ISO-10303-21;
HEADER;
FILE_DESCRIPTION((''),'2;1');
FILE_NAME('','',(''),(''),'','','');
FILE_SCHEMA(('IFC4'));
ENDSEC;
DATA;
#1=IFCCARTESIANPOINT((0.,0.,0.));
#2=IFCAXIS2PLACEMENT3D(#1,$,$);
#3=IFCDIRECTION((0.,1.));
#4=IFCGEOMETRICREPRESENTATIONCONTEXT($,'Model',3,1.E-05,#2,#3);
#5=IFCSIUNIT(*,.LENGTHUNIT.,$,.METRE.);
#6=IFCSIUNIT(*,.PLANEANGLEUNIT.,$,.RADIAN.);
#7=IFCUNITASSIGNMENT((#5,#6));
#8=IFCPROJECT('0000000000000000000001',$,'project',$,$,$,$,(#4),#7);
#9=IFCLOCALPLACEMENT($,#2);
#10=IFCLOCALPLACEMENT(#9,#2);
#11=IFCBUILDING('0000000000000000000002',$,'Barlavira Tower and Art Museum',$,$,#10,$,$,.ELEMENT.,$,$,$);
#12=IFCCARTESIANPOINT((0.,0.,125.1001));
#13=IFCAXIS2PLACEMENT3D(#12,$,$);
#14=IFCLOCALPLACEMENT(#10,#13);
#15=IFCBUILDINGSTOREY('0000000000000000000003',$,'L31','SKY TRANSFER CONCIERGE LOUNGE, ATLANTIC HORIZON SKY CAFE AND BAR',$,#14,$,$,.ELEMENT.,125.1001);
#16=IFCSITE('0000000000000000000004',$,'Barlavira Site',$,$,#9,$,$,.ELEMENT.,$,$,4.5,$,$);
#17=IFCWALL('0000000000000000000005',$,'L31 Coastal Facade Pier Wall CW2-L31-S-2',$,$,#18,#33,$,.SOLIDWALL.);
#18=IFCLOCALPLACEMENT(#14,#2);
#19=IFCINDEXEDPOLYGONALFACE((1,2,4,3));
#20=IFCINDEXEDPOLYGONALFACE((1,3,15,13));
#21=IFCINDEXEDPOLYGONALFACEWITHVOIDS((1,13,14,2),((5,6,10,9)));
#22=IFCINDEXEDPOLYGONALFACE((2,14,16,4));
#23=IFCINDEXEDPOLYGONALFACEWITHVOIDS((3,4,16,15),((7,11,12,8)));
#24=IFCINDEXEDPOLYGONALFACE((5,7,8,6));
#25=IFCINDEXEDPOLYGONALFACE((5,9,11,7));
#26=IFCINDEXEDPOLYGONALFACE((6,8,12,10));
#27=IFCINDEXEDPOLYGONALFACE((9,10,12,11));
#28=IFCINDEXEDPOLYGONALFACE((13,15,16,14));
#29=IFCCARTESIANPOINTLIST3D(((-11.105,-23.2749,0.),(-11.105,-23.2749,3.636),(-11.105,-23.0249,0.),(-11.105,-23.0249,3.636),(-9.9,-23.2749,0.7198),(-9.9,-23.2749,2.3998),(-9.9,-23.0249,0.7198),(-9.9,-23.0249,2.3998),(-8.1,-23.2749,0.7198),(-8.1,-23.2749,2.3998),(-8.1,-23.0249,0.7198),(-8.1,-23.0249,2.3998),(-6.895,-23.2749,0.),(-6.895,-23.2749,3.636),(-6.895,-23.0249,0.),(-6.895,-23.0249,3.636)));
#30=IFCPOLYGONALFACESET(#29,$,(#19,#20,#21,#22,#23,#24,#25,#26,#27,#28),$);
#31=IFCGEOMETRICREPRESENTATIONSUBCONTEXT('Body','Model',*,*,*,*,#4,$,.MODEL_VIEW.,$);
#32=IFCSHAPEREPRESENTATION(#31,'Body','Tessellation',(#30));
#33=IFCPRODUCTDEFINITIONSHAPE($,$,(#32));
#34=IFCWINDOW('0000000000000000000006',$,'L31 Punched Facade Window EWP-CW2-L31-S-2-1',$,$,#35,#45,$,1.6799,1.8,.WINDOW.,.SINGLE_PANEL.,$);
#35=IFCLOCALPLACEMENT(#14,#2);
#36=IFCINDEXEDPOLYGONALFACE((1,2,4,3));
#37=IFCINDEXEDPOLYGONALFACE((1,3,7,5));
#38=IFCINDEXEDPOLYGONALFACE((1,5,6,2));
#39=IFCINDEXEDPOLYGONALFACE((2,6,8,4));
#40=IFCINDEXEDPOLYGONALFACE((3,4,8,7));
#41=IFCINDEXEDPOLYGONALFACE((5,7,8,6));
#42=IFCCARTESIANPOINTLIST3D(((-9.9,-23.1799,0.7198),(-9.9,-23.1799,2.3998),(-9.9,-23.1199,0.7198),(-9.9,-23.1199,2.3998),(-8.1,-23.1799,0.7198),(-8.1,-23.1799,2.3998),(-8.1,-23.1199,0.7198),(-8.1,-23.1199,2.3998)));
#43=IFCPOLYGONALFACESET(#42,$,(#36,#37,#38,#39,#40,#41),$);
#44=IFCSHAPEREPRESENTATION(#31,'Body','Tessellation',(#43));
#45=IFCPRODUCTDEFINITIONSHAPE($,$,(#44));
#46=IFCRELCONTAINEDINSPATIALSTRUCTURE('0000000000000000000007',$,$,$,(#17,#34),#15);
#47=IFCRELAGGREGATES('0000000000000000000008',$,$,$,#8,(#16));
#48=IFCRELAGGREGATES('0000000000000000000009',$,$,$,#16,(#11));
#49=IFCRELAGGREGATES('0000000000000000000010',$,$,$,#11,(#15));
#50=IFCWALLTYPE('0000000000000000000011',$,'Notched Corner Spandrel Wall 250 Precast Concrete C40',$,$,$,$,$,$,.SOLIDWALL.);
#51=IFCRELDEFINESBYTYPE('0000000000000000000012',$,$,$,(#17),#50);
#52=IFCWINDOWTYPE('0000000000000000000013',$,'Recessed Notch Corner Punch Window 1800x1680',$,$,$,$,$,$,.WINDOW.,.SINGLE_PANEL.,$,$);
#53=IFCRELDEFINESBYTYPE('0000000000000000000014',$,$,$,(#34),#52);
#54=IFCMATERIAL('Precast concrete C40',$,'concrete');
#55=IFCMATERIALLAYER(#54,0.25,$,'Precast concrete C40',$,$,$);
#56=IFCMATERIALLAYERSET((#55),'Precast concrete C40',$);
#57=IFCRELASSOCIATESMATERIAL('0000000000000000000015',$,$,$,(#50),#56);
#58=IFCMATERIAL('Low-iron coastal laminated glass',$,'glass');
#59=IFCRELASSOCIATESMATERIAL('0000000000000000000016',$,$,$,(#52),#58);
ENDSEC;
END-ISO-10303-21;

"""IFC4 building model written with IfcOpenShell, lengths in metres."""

from ifc_helpers import new_model, si_unit, direction, frame, frame_2d, origin, place, context, subcontext, project, spatial, rectangle, extrude, material, layer, layer_set, type_object, element, fill, save


model = new_model("IFC4")

# Units and contexts
model_context = context("Model", 3, precision=1e-05, world=origin(), true_north=direction((0.0, 1.0)))
body_context = subcontext(model_context, "Body", "Model", "MODEL_VIEW")
ifc_project = project(units=[si_unit("LENGTHUNIT", "METRE"), si_unit("PLANEANGLEUNIT", "RADIAN")], contexts=[model_context])

# Site, building, storey
site_placement = place(None, origin())
site = spatial("IfcSite", under=ifc_project, at=site_placement, Name="Barlavira Site", CompositionType="ELEMENT", RefElevation=4.5)
building_placement = place(site_placement, origin())
building = spatial("IfcBuilding", under=site, at=building_placement, Name="Barlavira Tower and Art Museum", CompositionType="ELEMENT")
storey_placement = place(building_placement, frame((0.0, 0.0, 125.1001)))
storey = spatial("IfcBuildingStorey", under=building, at=storey_placement, Name="L31", Description="SKY TRANSFER CONCIERGE LOUNGE, ATLANTIC HORIZON SKY CAFE AND BAR", CompositionType="ELEMENT", Elevation=125.1001)

# Shared definitions
ifc_material_1 = material(Name="Low-iron coastal laminated glass", Category="glass")

# Wall, opening, window
ifc_material_2 = material(Name="Precast concrete C40", Category="concrete")
ifc_layer_1 = layer(ifc_material_2, 0.25, Name="Precast concrete C40")
ifc_layer_set_1 = layer_set([ifc_layer_1], Name="Precast concrete C40")
wall_type = type_object("IfcWallType", Name="Notched Corner Spandrel Wall 250 Precast Concrete C40", PredefinedType="SOLIDWALL", material=ifc_layer_set_1)
wall_placement = place(storey_placement, frame((-11.105, -23.1499, 0.0), z_axis=(0.0, 0.0, 1.0), x_axis=(1.0, 0.0, 0.0)))
wall = element("IfcWall", 1, at=wall_placement, inside=storey, type_object=wall_type, Name="L31 Coastal Facade Pier Wall CW2-L31-S-2", PredefinedType="SOLIDWALL", context=body_context, shape_type="SweptSolid", body=[
    extrude(rectangle(XDim=4.21, YDim=0.25, at=frame_2d((2.105, 0.0))), origin(), (0.0, 0.0, 1.0), 3.636),
])
opening_placement = place(wall_placement, frame((1.2051, 0.0, 0.72)))
opening = element("IfcOpeningElement", 2, at=opening_placement, cuts=wall, PredefinedType="OPENING", context=body_context, shape_type="SweptSolid", body=[
    extrude(rectangle(XDim=1.8, YDim=1.6799, at=frame_2d((0.8999, 0.8398))), frame((0.0, 0.135, 0.0), z_axis=(0.0, -1.0, 0.0), x_axis=(1.0, 0.0, 0.0)), (0.0, 0.0, 1.0), 0.27),
])
window_type = type_object("IfcWindowType", Name="Recessed Notch Corner Punch Window 1800x1680", PartitioningType="SINGLE_PANEL", PredefinedType="WINDOW", material=ifc_material_1)
window_placement = place(opening_placement, origin())
window = element("IfcWindow", 3, at=window_placement, inside=storey, type_object=window_type, Name="L31 Punched Facade Window EWP-CW2-L31-S-2-1", OverallHeight=1.6799, OverallWidth=1.8, PartitioningType="SINGLE_PANEL", PredefinedType="WINDOW", context=body_context, shape_type="SweptSolid", body=[
    extrude(rectangle(XDim=1.8, YDim=1.6799, at=frame_2d((0.8999, 0.8398))), frame((0.0, 0.03, 0.0), z_axis=(0.0, -1.0, 0.0), x_axis=(1.0, 0.0, 0.0)), (0.0, 0.0, 1.0), 0.0601),
])
fill(opening, window)

save(model, "model.ifc")
